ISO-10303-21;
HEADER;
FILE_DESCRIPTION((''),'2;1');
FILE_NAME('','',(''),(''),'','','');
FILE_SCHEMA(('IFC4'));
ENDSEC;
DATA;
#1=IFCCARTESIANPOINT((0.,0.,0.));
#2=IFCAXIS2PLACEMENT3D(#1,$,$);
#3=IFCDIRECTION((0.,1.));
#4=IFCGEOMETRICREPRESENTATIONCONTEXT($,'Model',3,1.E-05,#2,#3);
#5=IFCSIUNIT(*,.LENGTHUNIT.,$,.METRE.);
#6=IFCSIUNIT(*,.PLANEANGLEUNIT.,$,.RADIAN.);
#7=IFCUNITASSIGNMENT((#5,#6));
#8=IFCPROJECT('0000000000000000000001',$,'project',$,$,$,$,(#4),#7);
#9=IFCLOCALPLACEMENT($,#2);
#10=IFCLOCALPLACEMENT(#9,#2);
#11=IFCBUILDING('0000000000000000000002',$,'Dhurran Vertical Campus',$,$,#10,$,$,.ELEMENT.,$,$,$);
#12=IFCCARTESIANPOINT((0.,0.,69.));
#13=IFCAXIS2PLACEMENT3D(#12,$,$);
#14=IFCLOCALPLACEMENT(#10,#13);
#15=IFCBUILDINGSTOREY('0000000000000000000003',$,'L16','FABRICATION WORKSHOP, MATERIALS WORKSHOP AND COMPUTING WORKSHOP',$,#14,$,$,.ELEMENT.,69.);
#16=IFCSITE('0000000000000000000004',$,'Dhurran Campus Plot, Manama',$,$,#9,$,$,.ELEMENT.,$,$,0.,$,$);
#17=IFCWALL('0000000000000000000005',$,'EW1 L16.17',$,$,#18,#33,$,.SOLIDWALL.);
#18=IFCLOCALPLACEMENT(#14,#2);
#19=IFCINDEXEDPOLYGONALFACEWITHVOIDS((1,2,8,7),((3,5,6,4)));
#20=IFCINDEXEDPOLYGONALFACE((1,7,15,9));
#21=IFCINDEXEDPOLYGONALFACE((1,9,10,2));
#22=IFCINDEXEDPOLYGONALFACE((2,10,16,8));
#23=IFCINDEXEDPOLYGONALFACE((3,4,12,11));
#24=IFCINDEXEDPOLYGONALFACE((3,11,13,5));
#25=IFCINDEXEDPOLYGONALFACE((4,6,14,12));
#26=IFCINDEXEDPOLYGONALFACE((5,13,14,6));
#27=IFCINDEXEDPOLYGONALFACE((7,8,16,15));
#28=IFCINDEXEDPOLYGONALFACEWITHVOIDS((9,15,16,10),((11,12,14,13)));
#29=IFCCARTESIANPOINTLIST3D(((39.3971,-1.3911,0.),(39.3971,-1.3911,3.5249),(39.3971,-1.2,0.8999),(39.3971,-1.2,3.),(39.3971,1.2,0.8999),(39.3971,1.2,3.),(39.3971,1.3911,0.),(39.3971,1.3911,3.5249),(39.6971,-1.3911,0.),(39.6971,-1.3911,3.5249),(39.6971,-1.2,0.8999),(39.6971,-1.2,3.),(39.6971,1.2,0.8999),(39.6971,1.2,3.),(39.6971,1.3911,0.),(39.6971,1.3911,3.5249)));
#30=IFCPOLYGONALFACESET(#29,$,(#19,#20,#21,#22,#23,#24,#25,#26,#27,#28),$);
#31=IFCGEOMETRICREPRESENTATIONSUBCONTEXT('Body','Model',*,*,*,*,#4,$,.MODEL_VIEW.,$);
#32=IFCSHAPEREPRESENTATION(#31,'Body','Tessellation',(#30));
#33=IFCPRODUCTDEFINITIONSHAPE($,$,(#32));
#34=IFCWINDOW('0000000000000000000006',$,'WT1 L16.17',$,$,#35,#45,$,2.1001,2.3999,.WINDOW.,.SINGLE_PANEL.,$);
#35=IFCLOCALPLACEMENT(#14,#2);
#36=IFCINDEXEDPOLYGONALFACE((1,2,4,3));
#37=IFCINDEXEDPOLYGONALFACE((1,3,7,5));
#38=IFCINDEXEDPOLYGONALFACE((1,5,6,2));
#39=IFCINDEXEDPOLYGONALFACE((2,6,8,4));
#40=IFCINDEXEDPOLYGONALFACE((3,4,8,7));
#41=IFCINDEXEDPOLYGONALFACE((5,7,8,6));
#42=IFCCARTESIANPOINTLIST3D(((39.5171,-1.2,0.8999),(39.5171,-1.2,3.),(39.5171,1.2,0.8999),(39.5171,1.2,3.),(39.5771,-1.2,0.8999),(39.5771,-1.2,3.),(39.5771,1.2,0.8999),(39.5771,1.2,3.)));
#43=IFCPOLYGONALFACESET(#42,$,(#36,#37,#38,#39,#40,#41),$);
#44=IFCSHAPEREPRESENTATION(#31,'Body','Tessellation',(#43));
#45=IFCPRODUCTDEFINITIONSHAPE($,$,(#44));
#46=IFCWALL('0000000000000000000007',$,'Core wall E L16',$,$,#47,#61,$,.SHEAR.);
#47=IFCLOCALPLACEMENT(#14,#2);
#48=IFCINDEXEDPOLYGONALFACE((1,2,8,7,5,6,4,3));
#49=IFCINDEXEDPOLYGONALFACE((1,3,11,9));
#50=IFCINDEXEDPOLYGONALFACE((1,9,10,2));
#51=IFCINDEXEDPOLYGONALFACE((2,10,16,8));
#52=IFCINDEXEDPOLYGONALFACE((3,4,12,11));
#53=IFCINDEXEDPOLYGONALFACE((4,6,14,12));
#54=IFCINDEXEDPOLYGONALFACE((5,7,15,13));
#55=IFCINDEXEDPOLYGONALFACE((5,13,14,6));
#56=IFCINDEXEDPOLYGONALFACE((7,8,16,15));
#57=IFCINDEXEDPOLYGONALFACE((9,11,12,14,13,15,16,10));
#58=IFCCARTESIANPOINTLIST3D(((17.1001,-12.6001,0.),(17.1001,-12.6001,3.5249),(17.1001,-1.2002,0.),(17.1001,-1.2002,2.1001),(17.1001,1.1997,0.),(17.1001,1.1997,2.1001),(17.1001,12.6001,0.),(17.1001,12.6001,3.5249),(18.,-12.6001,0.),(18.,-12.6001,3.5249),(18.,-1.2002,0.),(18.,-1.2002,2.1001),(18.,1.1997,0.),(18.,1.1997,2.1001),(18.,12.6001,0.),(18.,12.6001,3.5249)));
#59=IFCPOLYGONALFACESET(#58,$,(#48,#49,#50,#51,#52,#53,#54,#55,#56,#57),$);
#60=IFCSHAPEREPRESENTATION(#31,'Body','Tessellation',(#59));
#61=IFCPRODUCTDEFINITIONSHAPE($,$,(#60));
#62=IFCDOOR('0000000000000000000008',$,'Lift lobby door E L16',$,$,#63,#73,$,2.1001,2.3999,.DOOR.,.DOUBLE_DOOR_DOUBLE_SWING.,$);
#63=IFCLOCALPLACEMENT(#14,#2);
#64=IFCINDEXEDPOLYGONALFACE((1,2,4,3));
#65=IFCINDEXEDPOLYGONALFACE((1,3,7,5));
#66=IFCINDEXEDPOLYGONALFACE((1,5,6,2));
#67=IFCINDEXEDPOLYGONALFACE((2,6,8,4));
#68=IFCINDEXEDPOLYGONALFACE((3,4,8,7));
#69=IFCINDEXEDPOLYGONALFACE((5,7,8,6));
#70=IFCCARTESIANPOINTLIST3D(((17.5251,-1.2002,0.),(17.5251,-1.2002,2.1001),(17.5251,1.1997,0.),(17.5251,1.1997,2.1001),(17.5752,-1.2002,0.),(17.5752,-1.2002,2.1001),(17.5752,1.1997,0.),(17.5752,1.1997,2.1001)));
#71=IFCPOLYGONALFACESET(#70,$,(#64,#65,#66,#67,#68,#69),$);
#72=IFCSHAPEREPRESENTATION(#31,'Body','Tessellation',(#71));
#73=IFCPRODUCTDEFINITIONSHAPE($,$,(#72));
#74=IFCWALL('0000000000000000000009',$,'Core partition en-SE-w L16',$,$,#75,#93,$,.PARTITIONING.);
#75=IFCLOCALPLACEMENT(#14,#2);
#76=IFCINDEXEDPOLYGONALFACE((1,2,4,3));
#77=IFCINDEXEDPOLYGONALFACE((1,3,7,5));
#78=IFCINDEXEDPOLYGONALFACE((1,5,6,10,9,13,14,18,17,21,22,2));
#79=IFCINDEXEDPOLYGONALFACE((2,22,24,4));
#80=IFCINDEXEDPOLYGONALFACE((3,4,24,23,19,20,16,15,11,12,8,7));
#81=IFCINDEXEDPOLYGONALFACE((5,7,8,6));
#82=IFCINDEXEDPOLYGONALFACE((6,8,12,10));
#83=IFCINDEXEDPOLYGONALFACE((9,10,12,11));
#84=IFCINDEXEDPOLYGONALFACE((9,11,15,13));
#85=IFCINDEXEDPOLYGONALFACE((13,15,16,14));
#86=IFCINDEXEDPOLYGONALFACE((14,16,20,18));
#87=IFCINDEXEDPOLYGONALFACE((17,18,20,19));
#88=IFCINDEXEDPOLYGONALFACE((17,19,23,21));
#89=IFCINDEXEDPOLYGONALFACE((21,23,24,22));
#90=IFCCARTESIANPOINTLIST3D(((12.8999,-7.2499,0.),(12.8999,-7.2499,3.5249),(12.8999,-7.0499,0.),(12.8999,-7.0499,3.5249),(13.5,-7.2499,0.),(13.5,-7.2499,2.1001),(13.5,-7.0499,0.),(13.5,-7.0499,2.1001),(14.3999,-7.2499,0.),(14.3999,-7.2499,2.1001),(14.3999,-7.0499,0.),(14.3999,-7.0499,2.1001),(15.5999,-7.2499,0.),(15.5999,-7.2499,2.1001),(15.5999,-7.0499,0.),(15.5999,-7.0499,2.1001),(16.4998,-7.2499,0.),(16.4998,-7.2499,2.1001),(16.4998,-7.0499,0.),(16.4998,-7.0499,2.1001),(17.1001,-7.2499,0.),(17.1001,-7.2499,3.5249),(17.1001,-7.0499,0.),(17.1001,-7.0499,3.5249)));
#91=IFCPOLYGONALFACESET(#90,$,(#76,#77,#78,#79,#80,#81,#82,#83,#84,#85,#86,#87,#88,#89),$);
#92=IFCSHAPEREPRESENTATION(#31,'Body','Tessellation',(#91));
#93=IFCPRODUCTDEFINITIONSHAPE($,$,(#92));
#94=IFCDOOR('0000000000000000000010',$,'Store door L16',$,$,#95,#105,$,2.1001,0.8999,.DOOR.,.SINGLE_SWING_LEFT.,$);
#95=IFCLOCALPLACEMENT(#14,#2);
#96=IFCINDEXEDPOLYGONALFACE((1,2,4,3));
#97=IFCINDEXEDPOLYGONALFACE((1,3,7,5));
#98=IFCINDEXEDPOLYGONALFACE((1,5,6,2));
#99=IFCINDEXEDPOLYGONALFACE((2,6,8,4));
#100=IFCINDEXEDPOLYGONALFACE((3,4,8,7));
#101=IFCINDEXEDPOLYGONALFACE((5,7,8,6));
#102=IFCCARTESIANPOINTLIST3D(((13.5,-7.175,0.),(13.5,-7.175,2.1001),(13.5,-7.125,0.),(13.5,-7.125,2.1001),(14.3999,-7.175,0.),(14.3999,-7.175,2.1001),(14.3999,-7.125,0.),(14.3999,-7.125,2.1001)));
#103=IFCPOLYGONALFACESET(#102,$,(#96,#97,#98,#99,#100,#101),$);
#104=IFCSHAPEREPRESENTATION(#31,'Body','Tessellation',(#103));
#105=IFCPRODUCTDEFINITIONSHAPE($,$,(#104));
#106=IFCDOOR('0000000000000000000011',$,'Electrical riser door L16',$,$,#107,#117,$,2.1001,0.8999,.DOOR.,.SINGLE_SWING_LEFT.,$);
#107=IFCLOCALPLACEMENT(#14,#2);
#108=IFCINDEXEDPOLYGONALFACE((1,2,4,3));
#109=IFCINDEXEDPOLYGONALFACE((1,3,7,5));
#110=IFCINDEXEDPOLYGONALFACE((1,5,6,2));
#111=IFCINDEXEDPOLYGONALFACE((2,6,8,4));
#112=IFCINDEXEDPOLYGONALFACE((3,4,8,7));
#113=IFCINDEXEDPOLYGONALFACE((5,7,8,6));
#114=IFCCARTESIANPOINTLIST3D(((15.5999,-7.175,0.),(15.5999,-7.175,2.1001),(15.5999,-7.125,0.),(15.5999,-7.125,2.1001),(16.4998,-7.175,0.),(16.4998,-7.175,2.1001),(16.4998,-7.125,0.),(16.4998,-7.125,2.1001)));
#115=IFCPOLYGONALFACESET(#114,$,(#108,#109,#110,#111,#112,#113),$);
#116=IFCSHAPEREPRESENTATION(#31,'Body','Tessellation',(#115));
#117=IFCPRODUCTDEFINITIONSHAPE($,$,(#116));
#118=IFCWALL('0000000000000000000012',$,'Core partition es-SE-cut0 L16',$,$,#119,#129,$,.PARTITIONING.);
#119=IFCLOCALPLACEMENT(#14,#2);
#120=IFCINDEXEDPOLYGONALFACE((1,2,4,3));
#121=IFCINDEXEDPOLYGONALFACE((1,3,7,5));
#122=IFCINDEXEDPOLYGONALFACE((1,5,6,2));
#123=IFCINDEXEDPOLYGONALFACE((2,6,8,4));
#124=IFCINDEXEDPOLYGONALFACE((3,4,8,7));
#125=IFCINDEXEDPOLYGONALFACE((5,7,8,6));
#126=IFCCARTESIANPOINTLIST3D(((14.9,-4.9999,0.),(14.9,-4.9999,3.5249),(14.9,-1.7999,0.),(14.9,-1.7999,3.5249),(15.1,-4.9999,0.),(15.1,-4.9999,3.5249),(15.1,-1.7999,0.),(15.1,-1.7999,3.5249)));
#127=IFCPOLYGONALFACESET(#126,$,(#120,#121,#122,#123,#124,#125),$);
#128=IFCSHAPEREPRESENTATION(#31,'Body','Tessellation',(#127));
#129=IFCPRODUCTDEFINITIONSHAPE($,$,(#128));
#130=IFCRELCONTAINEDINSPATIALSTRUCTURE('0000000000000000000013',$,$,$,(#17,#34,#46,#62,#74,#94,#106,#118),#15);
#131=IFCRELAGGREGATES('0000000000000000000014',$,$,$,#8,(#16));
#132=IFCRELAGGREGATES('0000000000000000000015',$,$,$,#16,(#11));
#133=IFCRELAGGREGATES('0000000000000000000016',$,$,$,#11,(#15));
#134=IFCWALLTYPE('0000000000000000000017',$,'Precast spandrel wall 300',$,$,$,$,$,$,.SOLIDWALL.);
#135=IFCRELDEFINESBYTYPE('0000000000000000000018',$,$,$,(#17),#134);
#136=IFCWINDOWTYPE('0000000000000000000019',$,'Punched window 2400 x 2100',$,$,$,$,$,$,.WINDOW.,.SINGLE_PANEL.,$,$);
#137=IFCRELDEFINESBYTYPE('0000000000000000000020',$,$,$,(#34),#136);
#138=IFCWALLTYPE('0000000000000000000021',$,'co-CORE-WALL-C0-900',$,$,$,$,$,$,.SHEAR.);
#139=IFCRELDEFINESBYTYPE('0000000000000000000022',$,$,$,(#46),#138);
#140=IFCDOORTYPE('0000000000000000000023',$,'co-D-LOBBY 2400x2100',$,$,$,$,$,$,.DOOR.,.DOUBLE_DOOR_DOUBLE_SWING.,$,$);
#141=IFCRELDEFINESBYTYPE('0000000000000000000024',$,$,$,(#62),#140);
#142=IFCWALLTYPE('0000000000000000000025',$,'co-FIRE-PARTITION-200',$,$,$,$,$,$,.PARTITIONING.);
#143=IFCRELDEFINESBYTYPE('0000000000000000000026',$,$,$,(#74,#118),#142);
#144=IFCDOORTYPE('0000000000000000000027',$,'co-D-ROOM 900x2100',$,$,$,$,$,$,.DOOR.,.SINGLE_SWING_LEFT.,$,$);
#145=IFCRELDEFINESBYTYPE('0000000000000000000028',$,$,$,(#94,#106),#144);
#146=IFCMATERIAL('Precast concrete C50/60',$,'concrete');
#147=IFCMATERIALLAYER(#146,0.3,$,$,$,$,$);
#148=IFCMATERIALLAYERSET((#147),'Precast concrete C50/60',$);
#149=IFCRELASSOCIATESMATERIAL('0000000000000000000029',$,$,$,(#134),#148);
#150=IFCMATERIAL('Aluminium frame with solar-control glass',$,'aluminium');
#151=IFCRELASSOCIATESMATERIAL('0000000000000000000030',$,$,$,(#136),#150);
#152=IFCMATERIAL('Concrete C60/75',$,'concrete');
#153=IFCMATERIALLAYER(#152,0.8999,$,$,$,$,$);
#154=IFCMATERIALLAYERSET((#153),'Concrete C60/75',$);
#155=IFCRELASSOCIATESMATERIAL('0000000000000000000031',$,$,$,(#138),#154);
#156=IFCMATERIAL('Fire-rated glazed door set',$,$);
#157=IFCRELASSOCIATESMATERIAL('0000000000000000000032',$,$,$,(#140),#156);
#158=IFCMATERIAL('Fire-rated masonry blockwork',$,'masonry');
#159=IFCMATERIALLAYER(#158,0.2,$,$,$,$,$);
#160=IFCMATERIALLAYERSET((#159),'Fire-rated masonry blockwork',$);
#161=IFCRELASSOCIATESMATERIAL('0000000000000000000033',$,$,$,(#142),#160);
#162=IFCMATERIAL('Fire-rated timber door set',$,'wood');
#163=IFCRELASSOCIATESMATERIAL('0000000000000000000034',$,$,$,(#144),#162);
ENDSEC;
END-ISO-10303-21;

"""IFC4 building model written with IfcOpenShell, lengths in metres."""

from ifc_helpers import new_model, si_unit, direction, frame, frame_2d, origin, place, context, subcontext, project, spatial, rectangle, extrude, material, layer, layer_set, type_object, element, fill, save


model = new_model("IFC4")

# Units and contexts
model_context = context("Model", 3, precision=1e-05, world=origin(), true_north=direction((0.0, 1.0)))
body_context = subcontext(model_context, "Body", "Model", "MODEL_VIEW")
ifc_project = project(units=[si_unit("LENGTHUNIT", "METRE"), si_unit("PLANEANGLEUNIT", "RADIAN")], contexts=[model_context])

# Site, building, storey
site_placement = place(None, origin())
site = spatial("IfcSite", under=ifc_project, at=site_placement, Name="Dhurran Campus Plot, Manama", CompositionType="ELEMENT", RefElevation=0.0)
building_placement = place(site_placement, origin())
building = spatial("IfcBuilding", under=site, at=building_placement, Name="Dhurran Vertical Campus", CompositionType="ELEMENT")
storey_placement = place(building_placement, frame((0.0, 0.0, 69.0)))
storey = spatial("IfcBuildingStorey", under=building, at=storey_placement, Name="L16", Description="FABRICATION WORKSHOP, MATERIALS WORKSHOP AND COMPUTING WORKSHOP", CompositionType="ELEMENT", Elevation=69.0)

# Wall, opening, window
ifc_material_1 = material(Name="Precast concrete C50/60", Category="concrete")
ifc_layer_1 = layer(ifc_material_1, 0.3)
ifc_layer_set_1 = layer_set([ifc_layer_1], Name="Precast concrete C50/60")
wall_type_1 = type_object("IfcWallType", Name="Precast spandrel wall 300", PredefinedType="SOLIDWALL", material=ifc_layer_set_1)
ifc_material_2 = material(Name="Aluminium frame with solar-control glass", Category="aluminium")
window_type = type_object("IfcWindowType", Name="Punched window 2400 x 2100", PartitioningType="SINGLE_PANEL", PredefinedType="WINDOW", material=ifc_material_2)
wall_1_placement = place(storey_placement, frame((39.5471, -1.3911, 0.0), z_axis=(0.0, 0.0, 1.0), x_axis=(0.0, 1.0, 0.0)))
wall_1 = element("IfcWall", 1, at=wall_1_placement, inside=storey, type_object=wall_type_1, Name="EW1 L16.17", PredefinedType="SOLIDWALL", context=body_context, shape_type="SweptSolid", body=[
    extrude(rectangle(XDim=2.7822, YDim=0.3, at=frame_2d((1.3911, 0.0))), origin(), (0.0, 0.0, 1.0), 3.5249),
])
opening_1_placement = place(wall_1_placement, frame((0.1912, 0.0, 0.8999)))
opening_1 = element("IfcOpeningElement", 2, at=opening_1_placement, cuts=wall_1, PredefinedType="OPENING", context=body_context, shape_type="SweptSolid", body=[
    extrude(rectangle(XDim=2.3999, YDim=2.1001, at=frame_2d((1.2, 1.05))), frame((0.0, 0.1599, 0.0), z_axis=(0.0, -1.0, 0.0), x_axis=(1.0, 0.0, 0.0)), (0.0, 0.0, 1.0), 0.3201),
])
window_1_placement = place(opening_1_placement, origin())
window_1 = element("IfcWindow", 3, at=window_1_placement, inside=storey, type_object=window_type, Name="WT1 L16.17", OverallHeight=2.1001, OverallWidth=2.3999, PartitioningType="SINGLE_PANEL", PredefinedType="WINDOW", context=body_context, shape_type="SweptSolid", body=[
    extrude(rectangle(XDim=2.3999, YDim=2.1001, at=frame_2d((1.2, 1.05))), frame((0.0, 0.03, 0.0), z_axis=(0.0, -1.0, 0.0), x_axis=(1.0, 0.0, 0.0)), (0.0, 0.0, 1.0), 0.0601),
])
fill(opening_1, window_1)

# Wall, opening, door
ifc_material_3 = material(Name="Concrete C60/75", Category="concrete")
ifc_layer_2 = layer(ifc_material_3, 0.8999)
ifc_layer_set_2 = layer_set([ifc_layer_2], Name="Concrete C60/75")
wall_type_2 = type_object("IfcWallType", Name="co-CORE-WALL-C0-900", PredefinedType="SHEAR", material=ifc_layer_set_2)
wall_2_placement = place(storey_placement, frame((17.55, -12.6001, 0.0), z_axis=(0.0, 0.0, 1.0), x_axis=(0.0, 1.0, 0.0)))
wall_2 = element("IfcWall", 4, at=wall_2_placement, inside=storey, type_object=wall_type_2, Name="Core wall E L16", PredefinedType="SHEAR", context=body_context, shape_type="SweptSolid", body=[
    extrude(rectangle(XDim=25.2002, YDim=0.8999, at=frame_2d((12.6001, 0.0))), origin(), (0.0, 0.0, 1.0), 3.5249),
])
opening_2_placement = place(wall_2_placement, frame((11.3999, 0.0, 0.0)))
opening_2 = element("IfcOpeningElement", 5, at=opening_2_placement, cuts=wall_2, PredefinedType="OPENING", context=body_context, shape_type="SweptSolid", body=[
    extrude(rectangle(XDim=2.3999, YDim=2.1001, at=frame_2d((1.2, 1.05))), frame((0.0, 0.46, 0.0), z_axis=(0.0, -1.0, 0.0), x_axis=(1.0, 0.0, 0.0)), (0.0, 0.0, 1.0), 0.9199),
])
ifc_material_4 = material(Name="Fire-rated glazed door set")
door_type_1 = type_object("IfcDoorType", Name="co-D-LOBBY 2400x2100", OperationType="DOUBLE_DOOR_DOUBLE_SWING", PredefinedType="DOOR", material=ifc_material_4)
door_1_placement = place(opening_2_placement, origin())
door_1 = element("IfcDoor", 6, at=door_1_placement, inside=storey, type_object=door_type_1, Name="Lift lobby door E L16", OperationType="DOUBLE_DOOR_DOUBLE_SWING", OverallHeight=2.1001, OverallWidth=2.3999, PredefinedType="DOOR", context=body_context, shape_type="SweptSolid", body=[
    extrude(rectangle(XDim=2.3999, YDim=2.1001, at=frame_2d((1.2, 1.05))), frame((0.0, 0.0249, 0.0), z_axis=(0.0, -1.0, 0.0), x_axis=(1.0, 0.0, 0.0)), (0.0, 0.0, 1.0), 0.05),
])
fill(opening_2, door_1)

# Wall, openings, doors
ifc_material_5 = material(Name="Fire-rated masonry blockwork", Category="masonry")
ifc_layer_3 = layer(ifc_material_5, 0.2)
ifc_layer_set_3 = layer_set([ifc_layer_3], Name="Fire-rated masonry blockwork")
wall_type_3 = type_object("IfcWallType", Name="co-FIRE-PARTITION-200", PredefinedType="PARTITIONING", material=ifc_layer_set_3)
wall_3_placement = place(storey_placement, frame((12.8999, -7.1499, 0.0), z_axis=(0.0, 0.0, 1.0), x_axis=(1.0, 0.0, 0.0)))
wall_3 = element("IfcWall", 7, at=wall_3_placement, inside=storey, type_object=wall_type_3, Name="Core partition en-SE-w L16", PredefinedType="PARTITIONING", context=body_context, shape_type="SweptSolid", body=[
    extrude(rectangle(XDim=4.2002, YDim=0.2, at=frame_2d((2.1001, 0.0))), origin(), (0.0, 0.0, 1.0), 3.5249),
])
opening_3_placement = place(wall_3_placement, frame((0.6001, 0.0, 0.0)))
opening_3 = element("IfcOpeningElement", 8, at=opening_3_placement, cuts=wall_3, PredefinedType="OPENING", context=body_context, shape_type="SweptSolid", body=[
    extrude(rectangle(XDim=0.8999, YDim=2.1001, at=frame_2d((0.45, 1.05))), frame((0.0, 0.1099, 0.0), z_axis=(0.0, -1.0, 0.0), x_axis=(1.0, 0.0, 0.0)), (0.0, 0.0, 1.0), 0.22),
])
opening_4_placement = place(wall_3_placement, frame((2.7, 0.0, 0.0)))
opening_4 = element("IfcOpeningElement", 9, at=opening_4_placement, cuts=wall_3, PredefinedType="OPENING", context=body_context, shape_type="SweptSolid", body=[
    extrude(rectangle(XDim=0.8999, YDim=2.1001, at=frame_2d((0.45, 1.05))), frame((0.0, 0.1099, 0.0), z_axis=(0.0, -1.0, 0.0), x_axis=(1.0, 0.0, 0.0)), (0.0, 0.0, 1.0), 0.22),
])
ifc_material_6 = material(Name="Fire-rated timber door set", Category="wood")
door_type_2 = type_object("IfcDoorType", Name="co-D-ROOM 900x2100", OperationType="SINGLE_SWING_LEFT", PredefinedType="DOOR", material=ifc_material_6)
door_2_placement = place(opening_3_placement, origin())
door_2 = element("IfcDoor", 10, at=door_2_placement, inside=storey, type_object=door_type_2, Name="Store door L16", OperationType="SINGLE_SWING_LEFT", OverallHeight=2.1001, OverallWidth=0.8999, PredefinedType="DOOR", context=body_context, shape_type="SweptSolid", body=[
    extrude(rectangle(XDim=0.8999, YDim=2.1001, at=frame_2d((0.45, 1.05))), frame((0.0, 0.0249, 0.0), z_axis=(0.0, -1.0, 0.0), x_axis=(1.0, 0.0, 0.0)), (0.0, 0.0, 1.0), 0.05),
])
fill(opening_3, door_2)
door_3_placement = place(opening_4_placement, origin())
door_3 = element("IfcDoor", 11, at=door_3_placement, inside=storey, type_object=door_type_2, Name="Electrical riser door L16", OperationType="SINGLE_SWING_LEFT", OverallHeight=2.1001, OverallWidth=0.8999, PredefinedType="DOOR", context=body_context, shape_type="SweptSolid", body=[
    extrude(rectangle(XDim=0.8999, YDim=2.1001, at=frame_2d((0.45, 1.05))), frame((0.0, 0.0249, 0.0), z_axis=(0.0, -1.0, 0.0), x_axis=(1.0, 0.0, 0.0)), (0.0, 0.0, 1.0), 0.05),
])
fill(opening_4, door_3)

# Wall
wall_4_placement = place(storey_placement, frame((15.0, -5.0, 0.0), z_axis=(0.0, 0.0, 1.0), x_axis=(0.0, 1.0, 0.0)))
element("IfcWall", 12, at=wall_4_placement, inside=storey, type_object=wall_type_3, Name="Core partition es-SE-cut0 L16", PredefinedType="PARTITIONING", context=body_context, shape_type="SweptSolid", body=[
    extrude(rectangle(XDim=3.2, YDim=0.2, at=frame_2d((1.6001, 0.0))), origin(), (0.0, 0.0, 1.0), 3.5249),
])

save(model, "model.ifc")
